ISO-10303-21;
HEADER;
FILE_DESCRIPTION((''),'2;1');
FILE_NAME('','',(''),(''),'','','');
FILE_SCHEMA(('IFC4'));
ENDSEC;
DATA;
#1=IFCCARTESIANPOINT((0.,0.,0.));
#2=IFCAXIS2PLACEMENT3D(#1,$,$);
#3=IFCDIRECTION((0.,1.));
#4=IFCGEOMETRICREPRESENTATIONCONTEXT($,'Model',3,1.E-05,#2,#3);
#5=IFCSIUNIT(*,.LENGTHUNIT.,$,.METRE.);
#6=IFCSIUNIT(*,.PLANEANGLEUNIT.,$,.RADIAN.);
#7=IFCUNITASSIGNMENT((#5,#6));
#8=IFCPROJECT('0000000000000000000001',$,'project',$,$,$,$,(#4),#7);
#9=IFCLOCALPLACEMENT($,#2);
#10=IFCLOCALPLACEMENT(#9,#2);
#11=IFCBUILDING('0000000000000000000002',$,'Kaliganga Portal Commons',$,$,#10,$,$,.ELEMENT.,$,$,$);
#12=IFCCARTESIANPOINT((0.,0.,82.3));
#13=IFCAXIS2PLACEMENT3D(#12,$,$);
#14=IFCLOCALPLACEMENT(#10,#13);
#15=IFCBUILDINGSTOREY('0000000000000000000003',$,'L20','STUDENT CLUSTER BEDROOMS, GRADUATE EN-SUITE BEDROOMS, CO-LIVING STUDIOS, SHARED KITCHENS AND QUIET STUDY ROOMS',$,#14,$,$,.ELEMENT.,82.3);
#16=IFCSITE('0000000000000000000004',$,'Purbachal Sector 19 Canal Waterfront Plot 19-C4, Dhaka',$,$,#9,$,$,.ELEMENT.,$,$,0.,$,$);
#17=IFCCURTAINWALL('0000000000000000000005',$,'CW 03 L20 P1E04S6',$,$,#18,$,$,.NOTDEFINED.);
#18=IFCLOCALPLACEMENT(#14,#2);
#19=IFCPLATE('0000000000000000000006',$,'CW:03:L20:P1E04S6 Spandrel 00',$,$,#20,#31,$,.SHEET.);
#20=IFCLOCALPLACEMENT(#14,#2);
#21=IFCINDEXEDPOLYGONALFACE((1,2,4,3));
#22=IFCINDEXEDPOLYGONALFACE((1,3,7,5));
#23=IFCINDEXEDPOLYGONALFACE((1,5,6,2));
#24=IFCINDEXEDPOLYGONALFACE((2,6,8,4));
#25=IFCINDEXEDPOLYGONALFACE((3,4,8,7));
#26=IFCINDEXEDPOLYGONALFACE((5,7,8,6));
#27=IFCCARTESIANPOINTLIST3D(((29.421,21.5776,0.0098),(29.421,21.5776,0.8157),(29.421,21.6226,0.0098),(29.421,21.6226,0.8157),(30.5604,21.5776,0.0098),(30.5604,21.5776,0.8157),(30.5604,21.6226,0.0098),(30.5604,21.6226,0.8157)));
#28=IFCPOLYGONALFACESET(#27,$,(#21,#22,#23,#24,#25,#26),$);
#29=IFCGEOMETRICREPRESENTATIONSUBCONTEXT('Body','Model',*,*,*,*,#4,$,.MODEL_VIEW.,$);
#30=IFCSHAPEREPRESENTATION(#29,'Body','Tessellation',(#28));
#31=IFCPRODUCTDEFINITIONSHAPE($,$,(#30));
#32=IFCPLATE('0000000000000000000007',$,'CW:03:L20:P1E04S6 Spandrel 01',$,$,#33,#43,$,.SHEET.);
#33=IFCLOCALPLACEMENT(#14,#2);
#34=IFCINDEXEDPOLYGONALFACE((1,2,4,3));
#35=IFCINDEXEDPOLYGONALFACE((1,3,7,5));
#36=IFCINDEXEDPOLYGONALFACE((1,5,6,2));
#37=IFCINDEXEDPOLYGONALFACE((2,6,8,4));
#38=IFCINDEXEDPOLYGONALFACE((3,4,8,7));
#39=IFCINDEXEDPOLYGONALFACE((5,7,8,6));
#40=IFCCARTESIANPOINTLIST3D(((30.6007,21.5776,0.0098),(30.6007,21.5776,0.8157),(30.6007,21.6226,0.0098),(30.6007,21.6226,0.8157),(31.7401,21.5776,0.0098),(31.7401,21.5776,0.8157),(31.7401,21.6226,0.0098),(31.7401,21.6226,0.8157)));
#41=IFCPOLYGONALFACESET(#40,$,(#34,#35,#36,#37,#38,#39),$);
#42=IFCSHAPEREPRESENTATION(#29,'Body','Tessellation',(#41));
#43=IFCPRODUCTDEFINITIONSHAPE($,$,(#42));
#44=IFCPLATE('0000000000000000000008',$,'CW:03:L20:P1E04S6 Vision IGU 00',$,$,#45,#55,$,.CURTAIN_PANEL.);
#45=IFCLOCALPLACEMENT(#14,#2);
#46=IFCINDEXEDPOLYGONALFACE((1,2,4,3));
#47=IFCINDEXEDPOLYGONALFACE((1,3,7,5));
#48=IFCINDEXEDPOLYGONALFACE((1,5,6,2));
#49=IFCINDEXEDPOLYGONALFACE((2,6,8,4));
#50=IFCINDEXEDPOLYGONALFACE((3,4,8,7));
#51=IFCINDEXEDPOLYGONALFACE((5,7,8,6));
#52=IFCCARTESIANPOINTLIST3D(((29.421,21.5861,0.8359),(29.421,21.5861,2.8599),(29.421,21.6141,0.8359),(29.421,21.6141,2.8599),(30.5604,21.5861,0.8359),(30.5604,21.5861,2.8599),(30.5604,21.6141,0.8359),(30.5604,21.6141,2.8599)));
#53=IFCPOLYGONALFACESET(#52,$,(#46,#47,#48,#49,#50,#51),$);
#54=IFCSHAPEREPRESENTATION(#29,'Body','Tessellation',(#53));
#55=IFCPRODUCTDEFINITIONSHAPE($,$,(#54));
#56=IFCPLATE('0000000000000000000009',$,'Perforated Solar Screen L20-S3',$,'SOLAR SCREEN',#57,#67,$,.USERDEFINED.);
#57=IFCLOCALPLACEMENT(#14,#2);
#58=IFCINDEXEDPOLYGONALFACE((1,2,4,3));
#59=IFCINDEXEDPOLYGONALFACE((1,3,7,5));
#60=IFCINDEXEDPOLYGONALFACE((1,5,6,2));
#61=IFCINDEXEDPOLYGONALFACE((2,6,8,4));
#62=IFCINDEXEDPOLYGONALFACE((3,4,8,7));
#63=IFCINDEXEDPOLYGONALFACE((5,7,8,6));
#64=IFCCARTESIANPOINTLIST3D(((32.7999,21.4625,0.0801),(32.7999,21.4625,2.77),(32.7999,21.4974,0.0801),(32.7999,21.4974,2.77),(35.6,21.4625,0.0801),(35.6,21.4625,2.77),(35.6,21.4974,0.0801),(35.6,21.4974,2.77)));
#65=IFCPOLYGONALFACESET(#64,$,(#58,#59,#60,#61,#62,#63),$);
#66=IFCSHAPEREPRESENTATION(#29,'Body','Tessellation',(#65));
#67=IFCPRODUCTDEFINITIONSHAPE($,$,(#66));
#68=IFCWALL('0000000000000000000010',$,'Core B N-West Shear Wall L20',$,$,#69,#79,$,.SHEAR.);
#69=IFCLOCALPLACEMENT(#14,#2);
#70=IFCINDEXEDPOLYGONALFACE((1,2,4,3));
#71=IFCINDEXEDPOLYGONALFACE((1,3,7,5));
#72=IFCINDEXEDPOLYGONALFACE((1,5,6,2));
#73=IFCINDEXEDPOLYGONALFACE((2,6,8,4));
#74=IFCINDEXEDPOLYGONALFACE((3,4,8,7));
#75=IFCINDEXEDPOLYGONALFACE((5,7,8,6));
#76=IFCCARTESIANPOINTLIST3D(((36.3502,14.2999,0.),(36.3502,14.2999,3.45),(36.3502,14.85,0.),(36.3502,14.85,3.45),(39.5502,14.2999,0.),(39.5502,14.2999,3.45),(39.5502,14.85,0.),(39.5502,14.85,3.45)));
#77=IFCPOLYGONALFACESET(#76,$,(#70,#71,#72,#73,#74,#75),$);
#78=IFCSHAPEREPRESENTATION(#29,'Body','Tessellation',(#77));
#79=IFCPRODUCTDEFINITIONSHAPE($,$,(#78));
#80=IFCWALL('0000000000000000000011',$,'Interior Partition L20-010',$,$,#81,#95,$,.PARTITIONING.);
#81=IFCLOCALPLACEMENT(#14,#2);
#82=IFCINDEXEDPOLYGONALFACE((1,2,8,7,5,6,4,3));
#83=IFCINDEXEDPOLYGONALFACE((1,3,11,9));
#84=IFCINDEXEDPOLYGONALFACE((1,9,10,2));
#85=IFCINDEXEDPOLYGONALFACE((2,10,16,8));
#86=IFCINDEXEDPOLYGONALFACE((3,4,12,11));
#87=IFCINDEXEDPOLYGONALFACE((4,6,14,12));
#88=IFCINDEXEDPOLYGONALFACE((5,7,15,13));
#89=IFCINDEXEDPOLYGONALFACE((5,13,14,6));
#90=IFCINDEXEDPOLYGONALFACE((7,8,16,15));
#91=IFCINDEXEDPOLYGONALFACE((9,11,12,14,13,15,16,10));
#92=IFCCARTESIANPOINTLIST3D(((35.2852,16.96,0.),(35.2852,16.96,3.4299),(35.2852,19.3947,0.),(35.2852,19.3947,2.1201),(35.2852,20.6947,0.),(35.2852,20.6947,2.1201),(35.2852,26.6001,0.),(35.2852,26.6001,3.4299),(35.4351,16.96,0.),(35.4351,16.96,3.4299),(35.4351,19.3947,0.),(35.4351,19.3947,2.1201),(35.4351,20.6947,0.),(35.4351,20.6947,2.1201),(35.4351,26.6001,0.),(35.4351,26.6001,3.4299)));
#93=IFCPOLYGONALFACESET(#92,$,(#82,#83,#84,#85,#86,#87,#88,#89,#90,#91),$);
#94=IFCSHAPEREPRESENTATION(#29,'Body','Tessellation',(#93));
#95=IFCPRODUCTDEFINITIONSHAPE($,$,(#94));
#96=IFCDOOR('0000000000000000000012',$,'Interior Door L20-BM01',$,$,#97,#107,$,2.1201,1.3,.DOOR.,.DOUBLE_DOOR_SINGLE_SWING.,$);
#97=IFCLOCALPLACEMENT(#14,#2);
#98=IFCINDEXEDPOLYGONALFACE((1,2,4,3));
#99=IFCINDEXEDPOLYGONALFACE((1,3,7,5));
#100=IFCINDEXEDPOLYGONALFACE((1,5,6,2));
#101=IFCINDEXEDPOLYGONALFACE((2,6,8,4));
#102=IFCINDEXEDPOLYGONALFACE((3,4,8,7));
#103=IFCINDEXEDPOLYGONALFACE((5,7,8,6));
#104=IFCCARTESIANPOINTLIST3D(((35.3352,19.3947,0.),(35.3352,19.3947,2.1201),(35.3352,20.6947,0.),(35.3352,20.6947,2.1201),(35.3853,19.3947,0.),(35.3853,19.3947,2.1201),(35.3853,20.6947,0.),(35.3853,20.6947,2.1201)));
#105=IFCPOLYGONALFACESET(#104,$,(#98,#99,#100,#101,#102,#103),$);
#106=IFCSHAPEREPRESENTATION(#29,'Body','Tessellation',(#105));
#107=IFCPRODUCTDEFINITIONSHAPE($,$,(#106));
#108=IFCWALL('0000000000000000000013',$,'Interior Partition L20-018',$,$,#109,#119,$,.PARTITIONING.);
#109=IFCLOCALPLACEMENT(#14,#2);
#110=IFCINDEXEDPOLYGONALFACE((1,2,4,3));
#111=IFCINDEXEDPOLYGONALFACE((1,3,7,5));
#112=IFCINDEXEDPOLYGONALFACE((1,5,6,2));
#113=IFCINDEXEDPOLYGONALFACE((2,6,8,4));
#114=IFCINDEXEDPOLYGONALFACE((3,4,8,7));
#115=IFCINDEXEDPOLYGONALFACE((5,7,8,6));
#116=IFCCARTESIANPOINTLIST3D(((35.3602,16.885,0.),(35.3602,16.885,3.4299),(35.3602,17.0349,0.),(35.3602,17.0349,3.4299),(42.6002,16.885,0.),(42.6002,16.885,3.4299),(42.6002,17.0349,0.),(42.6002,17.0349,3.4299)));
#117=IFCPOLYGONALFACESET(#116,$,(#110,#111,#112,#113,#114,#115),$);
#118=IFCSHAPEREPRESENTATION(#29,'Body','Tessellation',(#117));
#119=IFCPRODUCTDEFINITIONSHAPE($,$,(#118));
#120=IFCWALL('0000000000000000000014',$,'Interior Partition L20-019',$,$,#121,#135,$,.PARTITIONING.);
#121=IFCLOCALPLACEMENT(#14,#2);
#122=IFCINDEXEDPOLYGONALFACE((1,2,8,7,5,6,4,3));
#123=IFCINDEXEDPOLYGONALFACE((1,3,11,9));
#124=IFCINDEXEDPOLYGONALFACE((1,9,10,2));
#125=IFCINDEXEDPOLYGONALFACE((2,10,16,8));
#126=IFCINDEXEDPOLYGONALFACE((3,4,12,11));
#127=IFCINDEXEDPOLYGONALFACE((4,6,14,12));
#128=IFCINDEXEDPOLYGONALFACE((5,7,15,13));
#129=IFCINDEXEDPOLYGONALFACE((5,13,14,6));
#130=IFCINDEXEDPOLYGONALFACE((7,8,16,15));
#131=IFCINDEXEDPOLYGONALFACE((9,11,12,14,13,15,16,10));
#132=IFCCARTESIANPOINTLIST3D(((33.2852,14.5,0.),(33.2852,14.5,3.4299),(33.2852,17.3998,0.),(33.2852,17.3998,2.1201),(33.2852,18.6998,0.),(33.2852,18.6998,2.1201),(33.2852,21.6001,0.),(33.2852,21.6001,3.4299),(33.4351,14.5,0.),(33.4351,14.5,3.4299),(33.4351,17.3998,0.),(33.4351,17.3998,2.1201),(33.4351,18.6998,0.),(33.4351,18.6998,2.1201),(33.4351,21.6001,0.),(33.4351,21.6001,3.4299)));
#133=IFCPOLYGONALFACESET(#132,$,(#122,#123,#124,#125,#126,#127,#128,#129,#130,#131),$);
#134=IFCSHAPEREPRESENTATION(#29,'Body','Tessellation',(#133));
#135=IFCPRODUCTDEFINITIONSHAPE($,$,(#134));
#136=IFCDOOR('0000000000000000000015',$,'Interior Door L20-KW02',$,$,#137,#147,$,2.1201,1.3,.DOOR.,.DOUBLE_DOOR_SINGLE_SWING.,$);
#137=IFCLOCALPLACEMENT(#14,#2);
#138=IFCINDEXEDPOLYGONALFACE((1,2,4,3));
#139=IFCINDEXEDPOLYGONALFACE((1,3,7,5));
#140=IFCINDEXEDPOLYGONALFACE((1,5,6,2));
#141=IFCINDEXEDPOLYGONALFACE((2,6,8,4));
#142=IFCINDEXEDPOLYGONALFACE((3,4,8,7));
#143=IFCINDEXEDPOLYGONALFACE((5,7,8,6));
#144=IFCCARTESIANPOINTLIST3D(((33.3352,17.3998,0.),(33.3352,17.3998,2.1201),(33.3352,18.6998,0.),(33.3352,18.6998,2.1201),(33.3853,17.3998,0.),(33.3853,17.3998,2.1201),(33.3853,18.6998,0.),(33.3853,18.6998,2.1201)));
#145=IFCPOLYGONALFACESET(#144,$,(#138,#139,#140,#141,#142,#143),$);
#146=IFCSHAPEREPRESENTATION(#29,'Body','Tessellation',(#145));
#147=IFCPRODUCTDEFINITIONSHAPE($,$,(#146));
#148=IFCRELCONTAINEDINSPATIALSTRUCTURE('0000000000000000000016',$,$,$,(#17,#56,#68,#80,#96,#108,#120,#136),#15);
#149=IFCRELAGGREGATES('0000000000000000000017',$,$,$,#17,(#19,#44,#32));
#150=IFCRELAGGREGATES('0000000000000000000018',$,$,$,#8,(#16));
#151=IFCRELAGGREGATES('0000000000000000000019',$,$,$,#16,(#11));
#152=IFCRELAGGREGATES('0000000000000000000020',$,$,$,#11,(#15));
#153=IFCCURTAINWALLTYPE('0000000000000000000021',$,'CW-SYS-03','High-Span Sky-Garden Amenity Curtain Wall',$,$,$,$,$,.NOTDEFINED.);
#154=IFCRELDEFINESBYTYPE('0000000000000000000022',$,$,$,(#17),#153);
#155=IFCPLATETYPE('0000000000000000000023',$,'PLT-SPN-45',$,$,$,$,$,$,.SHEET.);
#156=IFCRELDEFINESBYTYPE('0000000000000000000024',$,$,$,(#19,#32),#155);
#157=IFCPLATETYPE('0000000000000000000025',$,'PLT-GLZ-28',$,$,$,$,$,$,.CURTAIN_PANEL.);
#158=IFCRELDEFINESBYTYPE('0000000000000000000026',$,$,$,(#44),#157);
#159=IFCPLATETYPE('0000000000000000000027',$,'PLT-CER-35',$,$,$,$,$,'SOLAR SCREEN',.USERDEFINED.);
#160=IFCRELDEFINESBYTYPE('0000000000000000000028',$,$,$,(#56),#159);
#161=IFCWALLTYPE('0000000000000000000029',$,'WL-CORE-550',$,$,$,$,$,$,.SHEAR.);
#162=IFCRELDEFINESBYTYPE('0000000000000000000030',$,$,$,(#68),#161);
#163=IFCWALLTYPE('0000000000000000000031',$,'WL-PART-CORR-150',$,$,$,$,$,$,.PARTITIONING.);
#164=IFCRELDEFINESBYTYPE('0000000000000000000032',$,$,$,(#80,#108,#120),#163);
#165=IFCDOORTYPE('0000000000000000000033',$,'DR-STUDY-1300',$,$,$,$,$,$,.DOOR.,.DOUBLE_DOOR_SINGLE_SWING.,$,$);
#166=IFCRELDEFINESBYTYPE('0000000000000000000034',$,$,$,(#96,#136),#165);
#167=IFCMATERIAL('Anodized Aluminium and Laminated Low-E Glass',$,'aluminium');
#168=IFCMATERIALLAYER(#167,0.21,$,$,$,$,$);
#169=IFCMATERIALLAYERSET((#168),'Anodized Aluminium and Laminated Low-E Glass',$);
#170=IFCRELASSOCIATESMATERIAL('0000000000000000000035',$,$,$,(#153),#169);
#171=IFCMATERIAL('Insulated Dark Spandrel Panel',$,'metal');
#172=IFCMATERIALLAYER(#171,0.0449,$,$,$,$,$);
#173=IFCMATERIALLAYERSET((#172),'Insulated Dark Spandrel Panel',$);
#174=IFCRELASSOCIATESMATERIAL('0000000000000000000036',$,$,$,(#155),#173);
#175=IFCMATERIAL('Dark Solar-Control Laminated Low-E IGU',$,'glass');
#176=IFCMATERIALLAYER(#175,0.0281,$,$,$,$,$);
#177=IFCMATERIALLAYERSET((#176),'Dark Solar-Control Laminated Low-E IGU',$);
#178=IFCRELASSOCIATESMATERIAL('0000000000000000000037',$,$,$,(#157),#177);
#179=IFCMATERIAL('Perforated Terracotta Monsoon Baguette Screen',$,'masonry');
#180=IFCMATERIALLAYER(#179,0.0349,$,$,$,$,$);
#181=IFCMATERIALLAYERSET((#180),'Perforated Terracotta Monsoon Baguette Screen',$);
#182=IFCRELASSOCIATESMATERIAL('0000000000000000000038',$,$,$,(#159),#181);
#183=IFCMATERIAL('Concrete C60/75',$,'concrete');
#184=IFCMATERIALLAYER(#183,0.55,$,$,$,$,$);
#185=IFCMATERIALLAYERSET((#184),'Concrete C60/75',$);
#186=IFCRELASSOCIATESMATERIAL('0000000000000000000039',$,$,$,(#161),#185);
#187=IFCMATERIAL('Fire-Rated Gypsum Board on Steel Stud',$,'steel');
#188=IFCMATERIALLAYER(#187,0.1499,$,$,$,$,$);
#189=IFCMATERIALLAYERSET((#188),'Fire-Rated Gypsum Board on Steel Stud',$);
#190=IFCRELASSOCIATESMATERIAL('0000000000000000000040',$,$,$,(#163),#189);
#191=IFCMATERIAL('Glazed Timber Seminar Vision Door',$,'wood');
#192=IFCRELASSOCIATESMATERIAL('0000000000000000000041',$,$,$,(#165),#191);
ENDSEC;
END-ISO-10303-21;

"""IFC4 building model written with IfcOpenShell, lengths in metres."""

from ifc_helpers import new_model, si_unit, direction, frame, frame_2d, origin, origin_2d, place, context, subcontext, project, spatial, rectangle, extrude, source, transform, mapped, material, layer, layer_set, type_object, element, fill, aggregate, save


model = new_model("IFC4")

# Units and contexts
model_context = context("Model", 3, precision=1e-05, world=origin(), true_north=direction((0.0, 1.0)))
body_context = subcontext(model_context, "Body", "Model", "MODEL_VIEW")
ifc_project = project(units=[si_unit("LENGTHUNIT", "METRE"), si_unit("PLANEANGLEUNIT", "RADIAN")], contexts=[model_context])

# Site, building, storey
site_placement = place(None, origin())
site = spatial("IfcSite", under=ifc_project, at=site_placement, Name="Purbachal Sector 19 Canal Waterfront Plot 19-C4, Dhaka", CompositionType="ELEMENT", RefElevation=0.0)
building_placement = place(site_placement, origin())
building = spatial("IfcBuilding", under=site, at=building_placement, Name="Kaliganga Portal Commons", CompositionType="ELEMENT")
storey_placement = place(building_placement, frame((0.0, 0.0, 82.3)))
storey = spatial("IfcBuildingStorey", under=building, at=storey_placement, Name="L20", Description="STUDENT CLUSTER BEDROOMS, GRADUATE EN-SUITE BEDROOMS, CO-LIVING STUDIOS, SHARED KITCHENS AND QUIET STUDY ROOMS", CompositionType="ELEMENT", Elevation=82.3)

# Shared definitions
ifc_material_1 = material(Name="Concrete C60/75", Category="concrete")

# Curtain wall, plates
ifc_material_2 = material(Name="Anodized Aluminium and Laminated Low-E Glass", Category="aluminium")
ifc_layer_1 = layer(ifc_material_2, 0.21)
ifc_layer_set_1 = layer_set([ifc_layer_1], Name="Anodized Aluminium and Laminated Low-E Glass")
curtain_wall_type = type_object("IfcCurtainWallType", Name="CW-SYS-03", Description="High-Span Sky-Garden Amenity Curtain Wall", PredefinedType="NOTDEFINED", material=ifc_layer_set_1)
curtain_wall_placement = place(storey_placement, origin())
curtain_wall = element("IfcCurtainWall", 1, at=curtain_wall_placement, inside=storey, type_object=curtain_wall_type, Name="CW 03 L20 P1E04S6", PredefinedType="NOTDEFINED")
ifc_material_3 = material(Name="Insulated Dark Spandrel Panel", Category="metal")
ifc_layer_2 = layer(ifc_material_3, 0.0449)
ifc_layer_set_2 = layer_set([ifc_layer_2], Name="Insulated Dark Spandrel Panel")
plate_type_1 = type_object("IfcPlateType", Name="PLT-SPN-45", PredefinedType="SHEET", material=ifc_layer_set_2)
shared_shape_1 = source(origin(), body_context, "Body", "SweptSolid", [
    extrude(rectangle(XDim=1.1394, YDim=0.0449, at=origin_2d()), origin(), (0.0, 0.0, 1.0), 0.8059),
])
plate_1_placement = place(storey_placement, frame((29.9907, 21.6001, 0.0098), z_axis=(0.0, 0.0, 1.0), x_axis=(1.0, 0.0, 0.0)))
plate_1 = element("IfcPlate", 2, at=plate_1_placement, type_object=plate_type_1, Name="CW:03:L20:P1E04S6 Spandrel 00", PredefinedType="SHEET", context=body_context, shape_type="MappedRepresentation", body=[
    mapped(shared_shape_1, transform((0.0, 0.0, 0.0), x_axis=(1.0, 0.0, 0.0), y_axis=(0.0, 1.0, 0.0), z_axis=(0.0, 0.0, 1.0), scale=1.0)),
])
plate_2_placement = place(storey_placement, frame((31.1704, 21.6001, 0.0098), z_axis=(0.0, 0.0, 1.0), x_axis=(1.0, 0.0, 0.0)))
plate_2 = element("IfcPlate", 3, at=plate_2_placement, type_object=plate_type_1, Name="CW:03:L20:P1E04S6 Spandrel 01", PredefinedType="SHEET", context=body_context, shape_type="MappedRepresentation", body=[
    mapped(shared_shape_1, transform((0.0, 0.0, 0.0), x_axis=(1.0, 0.0, 0.0), y_axis=(0.0, 1.0, 0.0), z_axis=(0.0, 0.0, 1.0), scale=1.0)),
])
ifc_material_4 = material(Name="Dark Solar-Control Laminated Low-E IGU", Category="glass")
ifc_layer_3 = layer(ifc_material_4, 0.0281)
ifc_layer_set_3 = layer_set([ifc_layer_3], Name="Dark Solar-Control Laminated Low-E IGU")
plate_type_2 = type_object("IfcPlateType", Name="PLT-GLZ-28", PredefinedType="CURTAIN_PANEL", material=ifc_layer_set_3)
shared_shape_2 = source(origin(), body_context, "Body", "SweptSolid", [
    extrude(rectangle(XDim=1.1394, YDim=0.0281, at=origin_2d()), origin(), (0.0, 0.0, 1.0), 2.0239),
])
plate_3_placement = place(storey_placement, frame((29.9907, 21.6001, 0.8359), z_axis=(0.0, 0.0, 1.0), x_axis=(1.0, 0.0, 0.0)))
plate_3 = element("IfcPlate", 4, at=plate_3_placement, type_object=plate_type_2, Name="CW:03:L20:P1E04S6 Vision IGU 00", PredefinedType="CURTAIN_PANEL", context=body_context, shape_type="MappedRepresentation", body=[
    mapped(shared_shape_2, transform((0.0, 0.0, 0.0), x_axis=(1.0, 0.0, 0.0), y_axis=(0.0, 1.0, 0.0), z_axis=(0.0, 0.0, 1.0), scale=1.0)),
])
aggregate(curtain_wall, [plate_1, plate_3, plate_2])

# Plate
ifc_material_5 = material(Name="Perforated Terracotta Monsoon Baguette Screen", Category="masonry")
ifc_layer_4 = layer(ifc_material_5, 0.0349)
ifc_layer_set_4 = layer_set([ifc_layer_4], Name="Perforated Terracotta Monsoon Baguette Screen")
plate_type_3 = type_object("IfcPlateType", Name="PLT-CER-35", ElementType="SOLAR SCREEN", PredefinedType="USERDEFINED", material=ifc_layer_set_4)
shared_shape_3 = source(origin(), body_context, "Body", "SweptSolid", [
    extrude(rectangle(XDim=2.8, YDim=0.0349, at=origin_2d()), origin(), (0.0, 0.0, 1.0), 2.6899),
])
plate_4_placement = place(storey_placement, frame((34.2, 21.48, 0.0801), z_axis=(0.0, 0.0, 1.0), x_axis=(1.0, 0.0, 0.0)))
element("IfcPlate", 5, at=plate_4_placement, inside=storey, type_object=plate_type_3, Name="Perforated Solar Screen L20-S3", ObjectType="SOLAR SCREEN", PredefinedType="USERDEFINED", context=body_context, shape_type="MappedRepresentation", body=[
    mapped(shared_shape_3, transform((0.0, 0.0, 0.0), x_axis=(1.0, 0.0, 0.0), y_axis=(0.0, 1.0, 0.0), z_axis=(0.0, 0.0, 1.0), scale=1.0)),
])

# Wall
ifc_layer_5 = layer(ifc_material_1, 0.55)
ifc_layer_set_5 = layer_set([ifc_layer_5], Name="Concrete C60/75")
wall_type_1 = type_object("IfcWallType", Name="WL-CORE-550", PredefinedType="SHEAR", material=ifc_layer_set_5)
wall_1_placement = place(storey_placement, frame((36.3501, 14.575, 0.0), z_axis=(0.0, 0.0, 1.0), x_axis=(1.0, 0.0, 0.0)))
element("IfcWall", 6, at=wall_1_placement, inside=storey, type_object=wall_type_1, Name="Core B N-West Shear Wall L20", PredefinedType="SHEAR", context=body_context, shape_type="SweptSolid", body=[
    extrude(rectangle(XDim=3.2, YDim=0.55, at=frame_2d((1.6001, 0.0))), origin(), (0.0, 0.0, 1.0), 3.45),
])

# Wall, opening, door
ifc_material_6 = material(Name="Fire-Rated Gypsum Board on Steel Stud", Category="steel")
ifc_layer_6 = layer(ifc_material_6, 0.1499)
ifc_layer_set_6 = layer_set([ifc_layer_6], Name="Fire-Rated Gypsum Board on Steel Stud")
wall_type_2 = type_object("IfcWallType", Name="WL-PART-CORR-150", PredefinedType="PARTITIONING", material=ifc_layer_set_6)
wall_2_placement = place(storey_placement, frame((35.3601, 16.96, 0.0), z_axis=(0.0, 0.0, 1.0), x_axis=(0.0, 1.0, 0.0)))
wall_2 = element("IfcWall", 7, at=wall_2_placement, inside=storey, type_object=wall_type_2, Name="Interior Partition L20-010", PredefinedType="PARTITIONING", context=body_context, shape_type="SweptSolid", body=[
    extrude(rectangle(XDim=9.6401, YDim=0.1499, at=frame_2d((4.8201, 0.0))), origin(), (0.0, 0.0, 1.0), 3.4299),
])
opening_1_placement = place(wall_2_placement, frame((2.4348, 0.0, 0.0)))
opening_1 = element("IfcOpeningElement", 8, at=opening_1_placement, cuts=wall_2, PredefinedType="OPENING", context=body_context, shape_type="SweptSolid", body=[
    extrude(rectangle(XDim=1.3, YDim=2.1201, at=frame_2d((0.6499, 1.0601))), frame((0.0, 0.085, 0.0), z_axis=(0.0, -1.0, 0.0), x_axis=(1.0, 0.0, 0.0)), (0.0, 0.0, 1.0), 0.1699),
])
ifc_material_7 = material(Name="Glazed Timber Seminar Vision Door", Category="wood")
door_type_1 = type_object("IfcDoorType", Name="DR-STUDY-1300", OperationType="DOUBLE_DOOR_SINGLE_SWING", PredefinedType="DOOR", material=ifc_material_7)
door_1_placement = place(opening_1_placement, origin())
door_1 = element("IfcDoor", 9, at=door_1_placement, inside=storey, type_object=door_type_1, Name="Interior Door L20-BM01", OperationType="DOUBLE_DOOR_SINGLE_SWING", OverallHeight=2.1201, OverallWidth=1.3, PredefinedType="DOOR", context=body_context, shape_type="SweptSolid", body=[
    extrude(rectangle(XDim=1.3, YDim=2.1201, at=frame_2d((0.6499, 1.0601))), frame((0.0, 0.0249, 0.0), z_axis=(0.0, -1.0, 0.0), x_axis=(1.0, 0.0, 0.0)), (0.0, 0.0, 1.0), 0.05),
])
fill(opening_1, door_1)

# Wall
wall_3_placement = place(storey_placement, frame((35.3601, 16.96, 0.0), z_axis=(0.0, 0.0, 1.0), x_axis=(1.0, 0.0, 0.0)))
element("IfcWall", 10, at=wall_3_placement, inside=storey, type_object=wall_type_2, Name="Interior Partition L20-018", PredefinedType="PARTITIONING", context=body_context, shape_type="SweptSolid", body=[
    extrude(rectangle(XDim=7.24, YDim=0.1499, at=frame_2d((3.6201, 0.0))), origin(), (0.0, 0.0, 1.0), 3.4299),
])

# Wall, opening, door
wall_4_placement = place(storey_placement, frame((33.3601, 14.5, 0.0), z_axis=(0.0, 0.0, 1.0), x_axis=(0.0, 1.0, 0.0)))
wall_4 = element("IfcWall", 11, at=wall_4_placement, inside=storey, type_object=wall_type_2, Name="Interior Partition L20-019", PredefinedType="PARTITIONING", context=body_context, shape_type="SweptSolid", body=[
    extrude(rectangle(XDim=7.1001, YDim=0.1499, at=frame_2d((3.55, 0.0))), origin(), (0.0, 0.0, 1.0), 3.4299),
])
opening_2_placement = place(wall_4_placement, frame((2.8999, 0.0, 0.0)))
opening_2 = element("IfcOpeningElement", 12, at=opening_2_placement, cuts=wall_4, PredefinedType="OPENING", context=body_context, shape_type="SweptSolid", body=[
    extrude(rectangle(XDim=1.3, YDim=2.1201, at=frame_2d((0.6499, 1.0601))), frame((0.0, 0.085, 0.0), z_axis=(0.0, -1.0, 0.0), x_axis=(1.0, 0.0, 0.0)), (0.0, 0.0, 1.0), 0.1699),
])
door_2_placement = place(opening_2_placement, origin())
door_2 = element("IfcDoor", 13, at=door_2_placement, inside=storey, type_object=door_type_1, Name="Interior Door L20-KW02", OperationType="DOUBLE_DOOR_SINGLE_SWING", OverallHeight=2.1201, OverallWidth=1.3, PredefinedType="DOOR", context=body_context, shape_type="SweptSolid", body=[
    extrude(rectangle(XDim=1.3, YDim=2.1201, at=frame_2d((0.6499, 1.0601))), frame((0.0, 0.0249, 0.0), z_axis=(0.0, -1.0, 0.0), x_axis=(1.0, 0.0, 0.0)), (0.0, 0.0, 1.0), 0.05),
])
fill(opening_2, door_2)

save(model, "model.ifc")
